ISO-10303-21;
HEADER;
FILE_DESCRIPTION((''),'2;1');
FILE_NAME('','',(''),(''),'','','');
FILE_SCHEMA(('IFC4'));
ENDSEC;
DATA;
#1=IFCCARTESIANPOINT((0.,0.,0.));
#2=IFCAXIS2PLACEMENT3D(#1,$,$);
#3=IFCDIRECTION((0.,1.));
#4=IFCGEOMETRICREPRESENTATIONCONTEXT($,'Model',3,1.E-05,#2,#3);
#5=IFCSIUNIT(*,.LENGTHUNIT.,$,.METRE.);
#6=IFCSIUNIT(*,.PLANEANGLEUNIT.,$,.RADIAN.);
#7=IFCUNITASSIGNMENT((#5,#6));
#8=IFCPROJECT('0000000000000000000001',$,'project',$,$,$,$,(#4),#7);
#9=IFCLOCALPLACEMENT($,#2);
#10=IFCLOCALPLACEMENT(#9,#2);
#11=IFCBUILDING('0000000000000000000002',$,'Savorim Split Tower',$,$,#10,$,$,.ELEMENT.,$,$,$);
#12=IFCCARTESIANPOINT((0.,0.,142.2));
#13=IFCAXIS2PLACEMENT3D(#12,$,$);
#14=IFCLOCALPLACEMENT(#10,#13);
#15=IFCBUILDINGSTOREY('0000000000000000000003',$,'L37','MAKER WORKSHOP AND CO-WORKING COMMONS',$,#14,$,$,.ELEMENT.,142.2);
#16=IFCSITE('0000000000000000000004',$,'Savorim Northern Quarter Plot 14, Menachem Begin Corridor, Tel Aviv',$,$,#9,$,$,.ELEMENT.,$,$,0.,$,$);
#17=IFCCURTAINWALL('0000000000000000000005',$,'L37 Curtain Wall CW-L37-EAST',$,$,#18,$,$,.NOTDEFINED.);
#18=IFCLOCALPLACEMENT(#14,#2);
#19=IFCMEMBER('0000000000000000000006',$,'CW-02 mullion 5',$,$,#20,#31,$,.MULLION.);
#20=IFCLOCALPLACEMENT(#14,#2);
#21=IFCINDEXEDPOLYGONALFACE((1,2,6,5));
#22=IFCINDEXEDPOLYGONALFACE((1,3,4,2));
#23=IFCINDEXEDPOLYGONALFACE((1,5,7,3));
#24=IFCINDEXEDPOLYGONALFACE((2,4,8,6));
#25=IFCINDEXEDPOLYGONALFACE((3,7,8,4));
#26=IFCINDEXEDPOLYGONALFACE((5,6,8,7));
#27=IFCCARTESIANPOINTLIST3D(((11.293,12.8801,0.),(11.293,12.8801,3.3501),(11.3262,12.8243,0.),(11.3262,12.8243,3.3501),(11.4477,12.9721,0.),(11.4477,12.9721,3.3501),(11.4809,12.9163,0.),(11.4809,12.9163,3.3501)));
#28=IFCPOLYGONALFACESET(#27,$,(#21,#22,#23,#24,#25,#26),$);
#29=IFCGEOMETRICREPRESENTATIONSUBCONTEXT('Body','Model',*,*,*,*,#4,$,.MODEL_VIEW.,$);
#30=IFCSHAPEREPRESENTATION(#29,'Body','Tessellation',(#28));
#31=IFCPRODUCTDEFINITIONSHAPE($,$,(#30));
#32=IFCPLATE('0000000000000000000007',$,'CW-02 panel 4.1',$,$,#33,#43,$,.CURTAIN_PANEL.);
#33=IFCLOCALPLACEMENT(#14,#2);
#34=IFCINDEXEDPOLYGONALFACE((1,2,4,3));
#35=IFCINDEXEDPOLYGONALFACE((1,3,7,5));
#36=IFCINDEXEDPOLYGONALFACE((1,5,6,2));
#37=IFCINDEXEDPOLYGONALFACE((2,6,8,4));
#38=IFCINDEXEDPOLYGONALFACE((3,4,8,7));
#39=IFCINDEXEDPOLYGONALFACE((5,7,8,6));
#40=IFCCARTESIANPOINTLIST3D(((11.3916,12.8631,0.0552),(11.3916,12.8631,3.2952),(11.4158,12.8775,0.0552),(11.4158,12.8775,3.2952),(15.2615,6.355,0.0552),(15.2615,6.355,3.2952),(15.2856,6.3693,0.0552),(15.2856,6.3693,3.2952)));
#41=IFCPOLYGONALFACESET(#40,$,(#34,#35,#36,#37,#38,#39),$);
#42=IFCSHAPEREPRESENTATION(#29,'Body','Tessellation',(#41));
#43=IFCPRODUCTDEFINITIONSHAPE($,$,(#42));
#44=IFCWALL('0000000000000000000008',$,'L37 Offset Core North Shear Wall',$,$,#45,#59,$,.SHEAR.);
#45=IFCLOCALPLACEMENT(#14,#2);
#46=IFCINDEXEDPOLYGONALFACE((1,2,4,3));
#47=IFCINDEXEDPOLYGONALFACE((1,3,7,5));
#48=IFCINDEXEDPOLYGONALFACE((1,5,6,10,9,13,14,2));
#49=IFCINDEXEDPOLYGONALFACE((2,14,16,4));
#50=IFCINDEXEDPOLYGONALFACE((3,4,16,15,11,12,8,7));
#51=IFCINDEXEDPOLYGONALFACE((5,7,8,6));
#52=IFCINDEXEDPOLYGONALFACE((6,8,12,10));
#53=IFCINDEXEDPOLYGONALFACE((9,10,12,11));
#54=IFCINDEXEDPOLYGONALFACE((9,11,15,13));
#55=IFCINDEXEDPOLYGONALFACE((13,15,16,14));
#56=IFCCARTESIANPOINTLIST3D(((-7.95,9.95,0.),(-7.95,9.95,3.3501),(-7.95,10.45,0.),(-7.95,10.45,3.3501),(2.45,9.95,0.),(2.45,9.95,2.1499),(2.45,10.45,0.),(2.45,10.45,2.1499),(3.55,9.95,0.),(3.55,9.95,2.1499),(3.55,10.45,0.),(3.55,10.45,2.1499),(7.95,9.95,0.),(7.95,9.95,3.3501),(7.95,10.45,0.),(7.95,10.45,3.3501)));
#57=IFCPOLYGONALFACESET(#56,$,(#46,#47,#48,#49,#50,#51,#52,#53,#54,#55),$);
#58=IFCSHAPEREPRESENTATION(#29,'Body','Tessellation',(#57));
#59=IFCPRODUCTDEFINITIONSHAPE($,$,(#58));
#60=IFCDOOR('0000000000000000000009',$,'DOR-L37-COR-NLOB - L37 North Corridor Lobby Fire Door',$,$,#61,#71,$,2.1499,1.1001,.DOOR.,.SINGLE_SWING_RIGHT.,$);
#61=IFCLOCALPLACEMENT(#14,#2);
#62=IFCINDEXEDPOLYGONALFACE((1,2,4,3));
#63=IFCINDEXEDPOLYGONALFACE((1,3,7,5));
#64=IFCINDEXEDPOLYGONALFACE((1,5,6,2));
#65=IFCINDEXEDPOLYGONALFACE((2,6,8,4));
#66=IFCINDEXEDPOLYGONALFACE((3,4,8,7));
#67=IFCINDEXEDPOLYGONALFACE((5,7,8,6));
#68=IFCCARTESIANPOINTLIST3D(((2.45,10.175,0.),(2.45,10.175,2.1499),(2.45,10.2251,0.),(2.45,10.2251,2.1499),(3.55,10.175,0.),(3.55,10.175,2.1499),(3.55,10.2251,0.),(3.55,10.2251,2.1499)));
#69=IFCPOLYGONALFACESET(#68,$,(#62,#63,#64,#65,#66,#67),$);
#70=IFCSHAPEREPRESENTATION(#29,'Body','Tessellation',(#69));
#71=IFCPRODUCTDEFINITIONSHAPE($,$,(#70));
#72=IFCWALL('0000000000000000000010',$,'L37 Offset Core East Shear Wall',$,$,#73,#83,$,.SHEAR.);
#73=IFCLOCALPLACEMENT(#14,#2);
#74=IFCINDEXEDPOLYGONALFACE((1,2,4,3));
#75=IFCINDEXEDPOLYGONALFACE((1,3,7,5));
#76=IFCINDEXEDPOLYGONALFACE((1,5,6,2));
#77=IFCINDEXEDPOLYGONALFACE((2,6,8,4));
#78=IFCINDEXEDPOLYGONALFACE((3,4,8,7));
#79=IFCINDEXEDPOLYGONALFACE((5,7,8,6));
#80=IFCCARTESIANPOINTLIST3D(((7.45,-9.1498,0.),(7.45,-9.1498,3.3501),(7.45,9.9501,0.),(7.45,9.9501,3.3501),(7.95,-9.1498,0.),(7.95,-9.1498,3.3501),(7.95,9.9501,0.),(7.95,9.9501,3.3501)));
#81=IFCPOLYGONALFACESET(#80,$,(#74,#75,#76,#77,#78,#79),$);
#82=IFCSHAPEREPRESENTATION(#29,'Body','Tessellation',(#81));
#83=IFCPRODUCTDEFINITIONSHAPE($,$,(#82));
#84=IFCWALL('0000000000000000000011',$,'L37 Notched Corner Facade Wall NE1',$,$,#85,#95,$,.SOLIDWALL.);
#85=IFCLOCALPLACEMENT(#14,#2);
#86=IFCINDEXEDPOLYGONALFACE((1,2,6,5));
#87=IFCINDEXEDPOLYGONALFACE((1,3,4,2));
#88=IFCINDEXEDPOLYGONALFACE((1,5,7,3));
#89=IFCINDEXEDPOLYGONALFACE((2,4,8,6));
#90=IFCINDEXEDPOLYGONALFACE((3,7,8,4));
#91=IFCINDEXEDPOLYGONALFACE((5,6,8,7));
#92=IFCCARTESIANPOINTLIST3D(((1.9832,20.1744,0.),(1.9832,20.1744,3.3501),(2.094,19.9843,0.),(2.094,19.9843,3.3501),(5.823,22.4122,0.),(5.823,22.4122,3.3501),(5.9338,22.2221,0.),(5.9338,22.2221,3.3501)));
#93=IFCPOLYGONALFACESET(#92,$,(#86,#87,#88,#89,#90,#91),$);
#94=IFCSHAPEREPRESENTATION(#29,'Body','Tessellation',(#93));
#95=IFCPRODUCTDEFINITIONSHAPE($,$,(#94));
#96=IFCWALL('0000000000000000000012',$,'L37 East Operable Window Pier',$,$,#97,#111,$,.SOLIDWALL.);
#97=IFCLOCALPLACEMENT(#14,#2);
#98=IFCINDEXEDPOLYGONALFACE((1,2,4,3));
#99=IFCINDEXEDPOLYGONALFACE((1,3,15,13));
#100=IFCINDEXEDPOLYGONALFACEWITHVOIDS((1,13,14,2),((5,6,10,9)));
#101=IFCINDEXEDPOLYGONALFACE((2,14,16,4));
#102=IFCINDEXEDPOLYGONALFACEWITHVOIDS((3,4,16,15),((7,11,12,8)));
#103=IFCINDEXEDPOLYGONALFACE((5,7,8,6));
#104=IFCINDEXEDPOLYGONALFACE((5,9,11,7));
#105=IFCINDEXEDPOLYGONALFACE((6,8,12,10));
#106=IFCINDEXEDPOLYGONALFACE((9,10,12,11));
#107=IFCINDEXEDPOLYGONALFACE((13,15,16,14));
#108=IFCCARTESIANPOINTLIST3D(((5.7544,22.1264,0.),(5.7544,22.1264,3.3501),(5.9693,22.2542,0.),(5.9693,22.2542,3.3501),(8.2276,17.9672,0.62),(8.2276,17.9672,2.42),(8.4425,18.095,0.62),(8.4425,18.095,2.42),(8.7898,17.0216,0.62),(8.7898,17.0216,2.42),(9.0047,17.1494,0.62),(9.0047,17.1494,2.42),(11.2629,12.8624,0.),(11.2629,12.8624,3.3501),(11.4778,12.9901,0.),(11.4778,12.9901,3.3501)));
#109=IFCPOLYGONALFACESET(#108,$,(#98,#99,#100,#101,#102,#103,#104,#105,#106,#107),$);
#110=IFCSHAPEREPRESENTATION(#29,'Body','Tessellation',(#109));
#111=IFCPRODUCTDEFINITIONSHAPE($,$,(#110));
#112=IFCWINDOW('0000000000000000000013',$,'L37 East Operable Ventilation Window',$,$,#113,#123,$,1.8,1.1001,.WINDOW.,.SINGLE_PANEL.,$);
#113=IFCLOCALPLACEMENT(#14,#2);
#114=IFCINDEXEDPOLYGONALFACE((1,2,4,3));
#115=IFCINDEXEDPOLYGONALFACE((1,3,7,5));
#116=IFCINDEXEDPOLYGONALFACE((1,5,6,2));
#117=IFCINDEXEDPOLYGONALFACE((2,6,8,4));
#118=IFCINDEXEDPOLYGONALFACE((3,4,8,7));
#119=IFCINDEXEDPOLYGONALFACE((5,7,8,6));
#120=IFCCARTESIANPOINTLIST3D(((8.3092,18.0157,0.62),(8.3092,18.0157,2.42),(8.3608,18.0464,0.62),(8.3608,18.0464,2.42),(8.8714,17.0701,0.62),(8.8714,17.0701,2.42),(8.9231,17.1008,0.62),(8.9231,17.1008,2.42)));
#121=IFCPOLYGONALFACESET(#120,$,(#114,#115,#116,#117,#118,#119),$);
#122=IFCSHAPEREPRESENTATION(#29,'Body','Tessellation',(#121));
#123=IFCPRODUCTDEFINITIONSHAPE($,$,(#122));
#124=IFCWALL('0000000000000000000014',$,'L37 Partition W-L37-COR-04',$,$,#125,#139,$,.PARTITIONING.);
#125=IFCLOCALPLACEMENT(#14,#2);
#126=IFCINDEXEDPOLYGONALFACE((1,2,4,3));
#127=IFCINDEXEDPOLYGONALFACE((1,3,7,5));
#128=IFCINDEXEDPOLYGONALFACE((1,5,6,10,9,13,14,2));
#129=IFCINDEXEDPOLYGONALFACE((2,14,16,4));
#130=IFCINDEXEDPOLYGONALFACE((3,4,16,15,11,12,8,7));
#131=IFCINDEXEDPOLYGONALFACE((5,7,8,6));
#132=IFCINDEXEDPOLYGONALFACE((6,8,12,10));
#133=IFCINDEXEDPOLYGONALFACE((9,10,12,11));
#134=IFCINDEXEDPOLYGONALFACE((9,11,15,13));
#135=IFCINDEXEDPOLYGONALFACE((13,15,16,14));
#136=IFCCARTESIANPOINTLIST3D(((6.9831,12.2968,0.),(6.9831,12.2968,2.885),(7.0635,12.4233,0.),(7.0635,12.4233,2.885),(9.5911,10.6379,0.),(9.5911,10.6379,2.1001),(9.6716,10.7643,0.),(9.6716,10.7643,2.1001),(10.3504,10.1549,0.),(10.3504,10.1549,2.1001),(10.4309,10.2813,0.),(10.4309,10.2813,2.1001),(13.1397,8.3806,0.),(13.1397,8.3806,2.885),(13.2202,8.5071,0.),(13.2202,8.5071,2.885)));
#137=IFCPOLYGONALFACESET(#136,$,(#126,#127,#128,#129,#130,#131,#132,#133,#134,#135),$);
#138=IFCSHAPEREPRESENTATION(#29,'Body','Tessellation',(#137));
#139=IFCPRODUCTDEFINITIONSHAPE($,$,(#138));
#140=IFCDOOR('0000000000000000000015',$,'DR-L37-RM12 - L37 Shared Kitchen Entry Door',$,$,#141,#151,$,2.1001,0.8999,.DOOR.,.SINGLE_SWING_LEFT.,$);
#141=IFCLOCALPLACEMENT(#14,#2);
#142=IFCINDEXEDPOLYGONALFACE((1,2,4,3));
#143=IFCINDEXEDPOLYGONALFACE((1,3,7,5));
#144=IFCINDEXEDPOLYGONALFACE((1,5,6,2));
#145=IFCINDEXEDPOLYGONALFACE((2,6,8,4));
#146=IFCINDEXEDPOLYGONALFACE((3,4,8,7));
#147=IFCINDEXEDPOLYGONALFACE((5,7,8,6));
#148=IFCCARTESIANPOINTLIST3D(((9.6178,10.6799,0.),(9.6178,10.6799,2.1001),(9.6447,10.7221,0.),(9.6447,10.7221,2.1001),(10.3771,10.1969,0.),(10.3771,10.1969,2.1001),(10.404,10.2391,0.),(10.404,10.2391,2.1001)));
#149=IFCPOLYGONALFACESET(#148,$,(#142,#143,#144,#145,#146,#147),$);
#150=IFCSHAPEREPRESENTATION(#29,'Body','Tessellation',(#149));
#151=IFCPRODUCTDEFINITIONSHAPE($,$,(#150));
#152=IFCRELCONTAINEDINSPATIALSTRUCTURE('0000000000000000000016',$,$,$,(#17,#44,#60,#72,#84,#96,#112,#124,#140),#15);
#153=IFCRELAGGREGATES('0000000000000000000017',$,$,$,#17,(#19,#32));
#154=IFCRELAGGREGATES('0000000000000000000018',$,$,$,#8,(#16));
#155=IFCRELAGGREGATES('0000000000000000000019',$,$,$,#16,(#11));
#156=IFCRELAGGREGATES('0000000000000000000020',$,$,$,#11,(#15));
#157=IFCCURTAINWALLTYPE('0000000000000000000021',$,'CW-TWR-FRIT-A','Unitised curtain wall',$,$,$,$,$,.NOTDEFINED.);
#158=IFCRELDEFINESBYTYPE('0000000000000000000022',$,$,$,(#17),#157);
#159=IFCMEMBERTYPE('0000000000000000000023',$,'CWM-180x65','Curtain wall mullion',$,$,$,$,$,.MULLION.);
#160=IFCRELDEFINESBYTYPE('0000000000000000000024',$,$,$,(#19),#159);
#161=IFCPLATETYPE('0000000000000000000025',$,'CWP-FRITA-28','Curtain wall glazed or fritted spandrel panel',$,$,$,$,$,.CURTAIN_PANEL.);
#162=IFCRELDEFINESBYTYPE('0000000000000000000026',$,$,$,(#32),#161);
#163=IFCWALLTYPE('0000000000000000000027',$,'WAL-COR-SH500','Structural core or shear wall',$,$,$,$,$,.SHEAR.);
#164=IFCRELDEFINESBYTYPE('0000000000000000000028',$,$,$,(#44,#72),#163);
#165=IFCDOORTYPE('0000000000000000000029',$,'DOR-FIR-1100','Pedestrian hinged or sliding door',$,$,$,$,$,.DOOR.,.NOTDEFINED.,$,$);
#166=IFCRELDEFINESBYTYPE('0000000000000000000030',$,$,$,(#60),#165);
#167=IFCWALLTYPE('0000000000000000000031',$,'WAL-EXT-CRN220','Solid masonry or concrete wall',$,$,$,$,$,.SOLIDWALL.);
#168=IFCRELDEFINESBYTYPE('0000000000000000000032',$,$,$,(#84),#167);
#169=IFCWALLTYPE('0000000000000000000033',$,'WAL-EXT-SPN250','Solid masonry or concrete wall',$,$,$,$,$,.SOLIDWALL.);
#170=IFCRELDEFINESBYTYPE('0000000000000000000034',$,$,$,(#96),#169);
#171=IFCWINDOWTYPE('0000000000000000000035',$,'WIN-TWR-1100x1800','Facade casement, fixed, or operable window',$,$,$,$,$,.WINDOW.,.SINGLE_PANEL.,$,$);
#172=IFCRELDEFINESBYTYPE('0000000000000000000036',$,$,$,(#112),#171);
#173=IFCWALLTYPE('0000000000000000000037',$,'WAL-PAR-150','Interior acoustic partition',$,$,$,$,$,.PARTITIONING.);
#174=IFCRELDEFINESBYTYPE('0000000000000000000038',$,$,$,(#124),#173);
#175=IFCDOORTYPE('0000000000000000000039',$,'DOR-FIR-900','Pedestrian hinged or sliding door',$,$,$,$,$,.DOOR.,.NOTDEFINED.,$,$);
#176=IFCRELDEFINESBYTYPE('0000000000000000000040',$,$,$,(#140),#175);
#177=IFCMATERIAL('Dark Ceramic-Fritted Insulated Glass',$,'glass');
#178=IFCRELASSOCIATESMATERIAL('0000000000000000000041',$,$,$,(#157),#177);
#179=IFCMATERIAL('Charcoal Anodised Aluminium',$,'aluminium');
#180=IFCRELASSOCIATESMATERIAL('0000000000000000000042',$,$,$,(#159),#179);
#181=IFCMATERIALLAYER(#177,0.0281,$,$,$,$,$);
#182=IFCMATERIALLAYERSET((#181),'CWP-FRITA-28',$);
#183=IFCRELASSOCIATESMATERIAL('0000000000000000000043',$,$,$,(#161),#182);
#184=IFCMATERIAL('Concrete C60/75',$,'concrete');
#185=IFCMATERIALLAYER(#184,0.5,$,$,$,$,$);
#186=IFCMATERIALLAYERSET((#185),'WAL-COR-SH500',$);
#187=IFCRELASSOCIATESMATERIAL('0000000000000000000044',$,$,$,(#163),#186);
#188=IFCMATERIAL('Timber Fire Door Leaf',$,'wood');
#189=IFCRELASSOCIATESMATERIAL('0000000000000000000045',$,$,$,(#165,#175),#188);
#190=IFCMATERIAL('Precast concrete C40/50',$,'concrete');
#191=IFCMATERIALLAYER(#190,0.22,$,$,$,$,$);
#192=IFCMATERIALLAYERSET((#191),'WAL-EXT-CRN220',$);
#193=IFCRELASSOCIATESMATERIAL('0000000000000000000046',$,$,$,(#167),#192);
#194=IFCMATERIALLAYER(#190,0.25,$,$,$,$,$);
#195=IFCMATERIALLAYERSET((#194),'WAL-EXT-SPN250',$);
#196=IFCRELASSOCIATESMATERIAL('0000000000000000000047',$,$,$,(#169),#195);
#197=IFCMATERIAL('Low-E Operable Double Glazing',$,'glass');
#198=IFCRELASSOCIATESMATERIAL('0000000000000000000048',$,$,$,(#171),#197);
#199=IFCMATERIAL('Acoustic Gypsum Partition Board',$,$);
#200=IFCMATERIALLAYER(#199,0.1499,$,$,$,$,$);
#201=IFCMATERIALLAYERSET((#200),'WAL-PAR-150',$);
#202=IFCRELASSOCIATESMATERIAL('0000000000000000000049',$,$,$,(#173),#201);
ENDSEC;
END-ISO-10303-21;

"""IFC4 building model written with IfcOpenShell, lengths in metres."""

from ifc_helpers import new_model, si_unit, direction, frame, frame_2d, origin, origin_2d, place, context, subcontext, project, spatial, rectangle, extrude, material, layer, layer_set, material_profile, profile_set, type_object, element, fill, aggregate, save


model = new_model("IFC4")

# Units and contexts
model_context = context("Model", 3, precision=1e-05, world=origin(), true_north=direction((0.0, 1.0)))
body_context = subcontext(model_context, "Body", "Model", "MODEL_VIEW")
ifc_project = project(units=[si_unit("LENGTHUNIT", "METRE"), si_unit("PLANEANGLEUNIT", "RADIAN")], contexts=[model_context])

# Site, building, storey
site_placement = place(None, origin())
site = spatial("IfcSite", under=ifc_project, at=site_placement, Name="Savorim Northern Quarter Plot 14, Menachem Begin Corridor, Tel Aviv", CompositionType="ELEMENT", RefElevation=0.0)
building_placement = place(site_placement, origin())
building = spatial("IfcBuilding", under=site, at=building_placement, Name="Savorim Split Tower", CompositionType="ELEMENT")
storey_placement = place(building_placement, frame((0.0, 0.0, 142.2)))
storey = spatial("IfcBuildingStorey", under=building, at=storey_placement, Name="L37", Description="MAKER WORKSHOP AND CO-WORKING COMMONS", CompositionType="ELEMENT", Elevation=142.2)

# Curtain wall, member, plate
ifc_material_1 = material(Name="Dark Ceramic-Fritted Insulated Glass", Category="glass")
curtain_wall_type = type_object("IfcCurtainWallType", Name="CW-TWR-FRIT-A", Description="Unitised curtain wall", PredefinedType="NOTDEFINED", material=ifc_material_1)
curtain_wall_placement = place(storey_placement, origin())
curtain_wall = element("IfcCurtainWall", 1, at=curtain_wall_placement, inside=storey, type_object=curtain_wall_type, Name="L37 Curtain Wall CW-L37-EAST", PredefinedType="NOTDEFINED")
ifc_material_2 = material(Name="Charcoal Anodised Aluminium", Category="aluminium")
ifc_material_profile_1 = material_profile(ifc_material_2, rectangle(XDim=0.1799, YDim=0.0649, at=origin_2d()), Name="ALU-M 180x65")
ifc_profile_set_1 = profile_set([ifc_material_profile_1], Name="Charcoal Anodised Aluminium")
member_type = type_object("IfcMemberType", Name="CWM-180x65", Description="Curtain wall mullion", PredefinedType="MULLION", material=ifc_profile_set_1)
member_placement = place(storey_placement, frame((11.387, 12.8982, 0.0), z_axis=(0.0, 0.0, 1.0), x_axis=(-0.859526, -0.511091, 0.0)))
member = element("IfcMember", 2, at=member_placement, type_object=member_type, Name="CW-02 mullion 5", PredefinedType="MULLION", context=body_context, shape_type="SweptSolid", body=[
    extrude(rectangle(XDim=0.1799, YDim=0.0649, at=origin_2d()), origin(), (0.0, 0.0, 1.0), 3.3501),
])
ifc_layer_1 = layer(ifc_material_1, 0.0281)
ifc_layer_set_1 = layer_set([ifc_layer_1], Name="CWP-FRITA-28")
plate_type = type_object("IfcPlateType", Name="CWP-FRITA-28", Description="Curtain wall glazed or fritted spandrel panel", PredefinedType="CURTAIN_PANEL", material=ifc_layer_set_1)
plate_placement = place(storey_placement, frame((13.3386, 9.6162, 0.0552), z_axis=(0.0, 0.0, 1.0), x_axis=(-0.511091, 0.859526, 0.0)))
plate = element("IfcPlate", 3, at=plate_placement, type_object=plate_type, Name="CW-02 panel 4.1", PredefinedType="CURTAIN_PANEL", context=body_context, shape_type="SweptSolid", body=[
    extrude(rectangle(XDim=7.5718, YDim=0.0281, at=origin_2d()), origin(), (0.0, 0.0, 1.0), 3.24),
])
aggregate(curtain_wall, [member, plate])

# Wall, opening, door
ifc_material_3 = material(Name="Concrete C60/75", Category="concrete")
ifc_layer_2 = layer(ifc_material_3, 0.5)
ifc_layer_set_2 = layer_set([ifc_layer_2], Name="WAL-COR-SH500")
wall_type_1 = type_object("IfcWallType", Name="WAL-COR-SH500", Description="Structural core or shear wall", PredefinedType="SHEAR", material=ifc_layer_set_2)
wall_1_placement = place(storey_placement, frame((7.95, 10.2, 0.0), z_axis=(0.0, 0.0, 1.0), x_axis=(-1.0, 0.0, 0.0)))
wall_1 = element("IfcWall", 4, at=wall_1_placement, inside=storey, type_object=wall_type_1, Name="L37 Offset Core North Shear Wall", PredefinedType="SHEAR", context=body_context, shape_type="SweptSolid", body=[
    extrude(rectangle(XDim=15.8999, YDim=0.5, at=frame_2d((7.95, 0.0))), origin(), (0.0, 0.0, 1.0), 3.3501),
])
opening_1_placement = place(wall_1_placement, frame((4.3999, 0.0, 0.0)))
opening_1 = element("IfcOpeningElement", 5, at=opening_1_placement, cuts=wall_1, PredefinedType="OPENING", context=body_context, shape_type="SweptSolid", body=[
    extrude(rectangle(XDim=1.1001, YDim=2.1499, at=frame_2d((0.55, 1.075))), frame((0.0, 0.26, 0.0), z_axis=(0.0, -1.0, 0.0), x_axis=(1.0, 0.0, 0.0)), (0.0, 0.0, 1.0), 0.52),
])
ifc_material_4 = material(Name="Timber Fire Door Leaf", Category="wood")
door_type_1 = type_object("IfcDoorType", Name="DOR-FIR-1100", Description="Pedestrian hinged or sliding door", OperationType="NOTDEFINED", PredefinedType="DOOR", material=ifc_material_4)
door_1_placement = place(opening_1_placement, origin())
door_1 = element("IfcDoor", 6, at=door_1_placement, inside=storey, type_object=door_type_1, Name="DOR-L37-COR-NLOB - L37 North Corridor Lobby Fire Door", OperationType="SINGLE_SWING_RIGHT", OverallHeight=2.1499, OverallWidth=1.1001, PredefinedType="DOOR", context=body_context, shape_type="SweptSolid", body=[
    extrude(rectangle(XDim=1.1001, YDim=2.1499, at=frame_2d((0.55, 1.075))), frame((0.0, 0.0249, 0.0), z_axis=(0.0, -1.0, 0.0), x_axis=(1.0, 0.0, 0.0)), (0.0, 0.0, 1.0), 0.05),
])
fill(opening_1, door_1)

# Walls
wall_2_placement = place(storey_placement, frame((7.7, 9.95, 0.0), z_axis=(0.0, 0.0, 1.0), x_axis=(0.0, -1.0, 0.0)))
element("IfcWall", 7, at=wall_2_placement, inside=storey, type_object=wall_type_1, Name="L37 Offset Core East Shear Wall", PredefinedType="SHEAR", context=body_context, shape_type="SweptSolid", body=[
    extrude(rectangle(XDim=19.0999, YDim=0.5, at=frame_2d((9.5498, 0.0))), origin(), (0.0, 0.0, 1.0), 3.3501),
])
ifc_material_5 = material(Name="Precast concrete C40/50", Category="concrete")
ifc_layer_3 = layer(ifc_material_5, 0.22)
ifc_layer_set_3 = layer_set([ifc_layer_3], Name="WAL-EXT-CRN220")
wall_type_2 = type_object("IfcWallType", Name="WAL-EXT-CRN220", Description="Solid masonry or concrete wall", PredefinedType="SOLIDWALL", material=ifc_layer_set_3)
wall_3_placement = place(storey_placement, frame((2.0386, 20.0793, 0.0), z_axis=(0.0, 0.0, 1.0), x_axis=(0.863986, 0.503516, 0.0)))
element("IfcWall", 8, at=wall_3_placement, inside=storey, type_object=wall_type_2, Name="L37 Notched Corner Facade Wall NE1", PredefinedType="SOLIDWALL", context=body_context, shape_type="SweptSolid", body=[
    extrude(rectangle(XDim=4.4443, YDim=0.22, at=frame_2d((2.2222, 0.0))), origin(), (0.0, 0.0, 1.0), 3.3501),
])

# Wall, opening, window
ifc_layer_4 = layer(ifc_material_5, 0.25)
ifc_layer_set_4 = layer_set([ifc_layer_4], Name="WAL-EXT-SPN250")
wall_type_3 = type_object("IfcWallType", Name="WAL-EXT-SPN250", Description="Solid masonry or concrete wall", PredefinedType="SOLIDWALL", material=ifc_layer_set_4)
wall_4_placement = place(storey_placement, frame((5.8618, 22.1904, 0.0), z_axis=(0.0, 0.0, 1.0), x_axis=(0.511084, -0.859531, 0.0)))
wall_4 = element("IfcWall", 9, at=wall_4_placement, inside=storey, type_object=wall_type_3, Name="L37 East Operable Window Pier", PredefinedType="SOLIDWALL", context=body_context, shape_type="SweptSolid", body=[
    extrude(rectangle(XDim=10.7781, YDim=0.25, at=frame_2d((5.3892, 0.0))), origin(), (0.0, 0.0, 1.0), 3.3501),
])
opening_2_placement = place(wall_4_placement, frame((4.8391, 0.0, 0.6201)))
opening_2 = element("IfcOpeningElement", 10, at=opening_2_placement, cuts=wall_4, PredefinedType="OPENING", context=body_context, shape_type="SweptSolid", body=[
    extrude(rectangle(XDim=1.1001, YDim=1.8, at=frame_2d((0.55, 0.8999))), frame((0.0, 0.135, 0.0), z_axis=(0.0, -1.0, 0.0), x_axis=(1.0, 0.0, 0.0)), (0.0, 0.0, 1.0), 0.27),
])
ifc_material_6 = material(Name="Low-E Operable Double Glazing", Category="glass")
window_type = type_object("IfcWindowType", Name="WIN-TWR-1100x1800", Description="Facade casement, fixed, or operable window", PartitioningType="SINGLE_PANEL", PredefinedType="WINDOW", material=ifc_material_6)
window_placement = place(opening_2_placement, origin())
window = element("IfcWindow", 11, at=window_placement, inside=storey, type_object=window_type, Name="L37 East Operable Ventilation Window", OverallHeight=1.8, OverallWidth=1.1001, PartitioningType="SINGLE_PANEL", PredefinedType="WINDOW", context=body_context, shape_type="SweptSolid", body=[
    extrude(rectangle(XDim=1.1001, YDim=1.8, at=frame_2d((0.55, 0.8999))), frame((0.0, 0.03, 0.0), z_axis=(0.0, -1.0, 0.0), x_axis=(1.0, 0.0, 0.0)), (0.0, 0.0, 1.0), 0.0601),
])
fill(opening_2, window)

# Wall, opening, door
ifc_material_7 = material(Name="Acoustic Gypsum Partition Board")
ifc_layer_5 = layer(ifc_material_7, 0.1499)
ifc_layer_set_5 = layer_set([ifc_layer_5], Name="WAL-PAR-150")
wall_type_4 = type_object("IfcWallType", Name="WAL-PAR-150", Description="Interior acoustic partition", PredefinedType="PARTITIONING", material=ifc_layer_set_5)
wall_5_placement = place(storey_placement, frame((7.0232, 12.3601, 0.0), z_axis=(0.0, 0.0, 1.0), x_axis=(0.843765, -0.536713, 0.0)))
wall_5 = element("IfcWall", 12, at=wall_5_placement, inside=storey, type_object=wall_type_4, Name="L37 Partition W-L37-COR-04", PredefinedType="PARTITIONING", context=body_context, shape_type="SweptSolid", body=[
    extrude(rectangle(XDim=7.2966, YDim=0.1499, at=frame_2d((3.6484, 0.0))), origin(), (0.0, 0.0, 1.0), 2.885),
])
opening_3_placement = place(wall_5_placement, frame((3.0911, 0.0, 0.0)))
opening_3 = element("IfcOpeningElement", 13, at=opening_3_placement, cuts=wall_5, PredefinedType="OPENING", context=body_context, shape_type="SweptSolid", body=[
    extrude(rectangle(XDim=0.8999, YDim=2.1001, at=frame_2d((0.45, 1.05))), frame((0.0, 0.085, 0.0), z_axis=(0.0, -1.0, 0.0), x_axis=(1.0, 0.0, 0.0)), (0.0, 0.0, 1.0), 0.1699),
])
door_type_2 = type_object("IfcDoorType", Name="DOR-FIR-900", Description="Pedestrian hinged or sliding door", OperationType="NOTDEFINED", PredefinedType="DOOR", material=ifc_material_4)
door_2_placement = place(opening_3_placement, origin())
door_2 = element("IfcDoor", 14, at=door_2_placement, inside=storey, type_object=door_type_2, Name="DR-L37-RM12 - L37 Shared Kitchen Entry Door", OperationType="SINGLE_SWING_LEFT", OverallHeight=2.1001, OverallWidth=0.8999, PredefinedType="DOOR", context=body_context, shape_type="SweptSolid", body=[
    extrude(rectangle(XDim=0.8999, YDim=2.1001, at=frame_2d((0.45, 1.05))), frame((0.0, 0.0249, 0.0), z_axis=(0.0, -1.0, 0.0), x_axis=(1.0, 0.0, 0.0)), (0.0, 0.0, 1.0), 0.05),
])
fill(opening_3, door_2)

save(model, "model.ifc")
